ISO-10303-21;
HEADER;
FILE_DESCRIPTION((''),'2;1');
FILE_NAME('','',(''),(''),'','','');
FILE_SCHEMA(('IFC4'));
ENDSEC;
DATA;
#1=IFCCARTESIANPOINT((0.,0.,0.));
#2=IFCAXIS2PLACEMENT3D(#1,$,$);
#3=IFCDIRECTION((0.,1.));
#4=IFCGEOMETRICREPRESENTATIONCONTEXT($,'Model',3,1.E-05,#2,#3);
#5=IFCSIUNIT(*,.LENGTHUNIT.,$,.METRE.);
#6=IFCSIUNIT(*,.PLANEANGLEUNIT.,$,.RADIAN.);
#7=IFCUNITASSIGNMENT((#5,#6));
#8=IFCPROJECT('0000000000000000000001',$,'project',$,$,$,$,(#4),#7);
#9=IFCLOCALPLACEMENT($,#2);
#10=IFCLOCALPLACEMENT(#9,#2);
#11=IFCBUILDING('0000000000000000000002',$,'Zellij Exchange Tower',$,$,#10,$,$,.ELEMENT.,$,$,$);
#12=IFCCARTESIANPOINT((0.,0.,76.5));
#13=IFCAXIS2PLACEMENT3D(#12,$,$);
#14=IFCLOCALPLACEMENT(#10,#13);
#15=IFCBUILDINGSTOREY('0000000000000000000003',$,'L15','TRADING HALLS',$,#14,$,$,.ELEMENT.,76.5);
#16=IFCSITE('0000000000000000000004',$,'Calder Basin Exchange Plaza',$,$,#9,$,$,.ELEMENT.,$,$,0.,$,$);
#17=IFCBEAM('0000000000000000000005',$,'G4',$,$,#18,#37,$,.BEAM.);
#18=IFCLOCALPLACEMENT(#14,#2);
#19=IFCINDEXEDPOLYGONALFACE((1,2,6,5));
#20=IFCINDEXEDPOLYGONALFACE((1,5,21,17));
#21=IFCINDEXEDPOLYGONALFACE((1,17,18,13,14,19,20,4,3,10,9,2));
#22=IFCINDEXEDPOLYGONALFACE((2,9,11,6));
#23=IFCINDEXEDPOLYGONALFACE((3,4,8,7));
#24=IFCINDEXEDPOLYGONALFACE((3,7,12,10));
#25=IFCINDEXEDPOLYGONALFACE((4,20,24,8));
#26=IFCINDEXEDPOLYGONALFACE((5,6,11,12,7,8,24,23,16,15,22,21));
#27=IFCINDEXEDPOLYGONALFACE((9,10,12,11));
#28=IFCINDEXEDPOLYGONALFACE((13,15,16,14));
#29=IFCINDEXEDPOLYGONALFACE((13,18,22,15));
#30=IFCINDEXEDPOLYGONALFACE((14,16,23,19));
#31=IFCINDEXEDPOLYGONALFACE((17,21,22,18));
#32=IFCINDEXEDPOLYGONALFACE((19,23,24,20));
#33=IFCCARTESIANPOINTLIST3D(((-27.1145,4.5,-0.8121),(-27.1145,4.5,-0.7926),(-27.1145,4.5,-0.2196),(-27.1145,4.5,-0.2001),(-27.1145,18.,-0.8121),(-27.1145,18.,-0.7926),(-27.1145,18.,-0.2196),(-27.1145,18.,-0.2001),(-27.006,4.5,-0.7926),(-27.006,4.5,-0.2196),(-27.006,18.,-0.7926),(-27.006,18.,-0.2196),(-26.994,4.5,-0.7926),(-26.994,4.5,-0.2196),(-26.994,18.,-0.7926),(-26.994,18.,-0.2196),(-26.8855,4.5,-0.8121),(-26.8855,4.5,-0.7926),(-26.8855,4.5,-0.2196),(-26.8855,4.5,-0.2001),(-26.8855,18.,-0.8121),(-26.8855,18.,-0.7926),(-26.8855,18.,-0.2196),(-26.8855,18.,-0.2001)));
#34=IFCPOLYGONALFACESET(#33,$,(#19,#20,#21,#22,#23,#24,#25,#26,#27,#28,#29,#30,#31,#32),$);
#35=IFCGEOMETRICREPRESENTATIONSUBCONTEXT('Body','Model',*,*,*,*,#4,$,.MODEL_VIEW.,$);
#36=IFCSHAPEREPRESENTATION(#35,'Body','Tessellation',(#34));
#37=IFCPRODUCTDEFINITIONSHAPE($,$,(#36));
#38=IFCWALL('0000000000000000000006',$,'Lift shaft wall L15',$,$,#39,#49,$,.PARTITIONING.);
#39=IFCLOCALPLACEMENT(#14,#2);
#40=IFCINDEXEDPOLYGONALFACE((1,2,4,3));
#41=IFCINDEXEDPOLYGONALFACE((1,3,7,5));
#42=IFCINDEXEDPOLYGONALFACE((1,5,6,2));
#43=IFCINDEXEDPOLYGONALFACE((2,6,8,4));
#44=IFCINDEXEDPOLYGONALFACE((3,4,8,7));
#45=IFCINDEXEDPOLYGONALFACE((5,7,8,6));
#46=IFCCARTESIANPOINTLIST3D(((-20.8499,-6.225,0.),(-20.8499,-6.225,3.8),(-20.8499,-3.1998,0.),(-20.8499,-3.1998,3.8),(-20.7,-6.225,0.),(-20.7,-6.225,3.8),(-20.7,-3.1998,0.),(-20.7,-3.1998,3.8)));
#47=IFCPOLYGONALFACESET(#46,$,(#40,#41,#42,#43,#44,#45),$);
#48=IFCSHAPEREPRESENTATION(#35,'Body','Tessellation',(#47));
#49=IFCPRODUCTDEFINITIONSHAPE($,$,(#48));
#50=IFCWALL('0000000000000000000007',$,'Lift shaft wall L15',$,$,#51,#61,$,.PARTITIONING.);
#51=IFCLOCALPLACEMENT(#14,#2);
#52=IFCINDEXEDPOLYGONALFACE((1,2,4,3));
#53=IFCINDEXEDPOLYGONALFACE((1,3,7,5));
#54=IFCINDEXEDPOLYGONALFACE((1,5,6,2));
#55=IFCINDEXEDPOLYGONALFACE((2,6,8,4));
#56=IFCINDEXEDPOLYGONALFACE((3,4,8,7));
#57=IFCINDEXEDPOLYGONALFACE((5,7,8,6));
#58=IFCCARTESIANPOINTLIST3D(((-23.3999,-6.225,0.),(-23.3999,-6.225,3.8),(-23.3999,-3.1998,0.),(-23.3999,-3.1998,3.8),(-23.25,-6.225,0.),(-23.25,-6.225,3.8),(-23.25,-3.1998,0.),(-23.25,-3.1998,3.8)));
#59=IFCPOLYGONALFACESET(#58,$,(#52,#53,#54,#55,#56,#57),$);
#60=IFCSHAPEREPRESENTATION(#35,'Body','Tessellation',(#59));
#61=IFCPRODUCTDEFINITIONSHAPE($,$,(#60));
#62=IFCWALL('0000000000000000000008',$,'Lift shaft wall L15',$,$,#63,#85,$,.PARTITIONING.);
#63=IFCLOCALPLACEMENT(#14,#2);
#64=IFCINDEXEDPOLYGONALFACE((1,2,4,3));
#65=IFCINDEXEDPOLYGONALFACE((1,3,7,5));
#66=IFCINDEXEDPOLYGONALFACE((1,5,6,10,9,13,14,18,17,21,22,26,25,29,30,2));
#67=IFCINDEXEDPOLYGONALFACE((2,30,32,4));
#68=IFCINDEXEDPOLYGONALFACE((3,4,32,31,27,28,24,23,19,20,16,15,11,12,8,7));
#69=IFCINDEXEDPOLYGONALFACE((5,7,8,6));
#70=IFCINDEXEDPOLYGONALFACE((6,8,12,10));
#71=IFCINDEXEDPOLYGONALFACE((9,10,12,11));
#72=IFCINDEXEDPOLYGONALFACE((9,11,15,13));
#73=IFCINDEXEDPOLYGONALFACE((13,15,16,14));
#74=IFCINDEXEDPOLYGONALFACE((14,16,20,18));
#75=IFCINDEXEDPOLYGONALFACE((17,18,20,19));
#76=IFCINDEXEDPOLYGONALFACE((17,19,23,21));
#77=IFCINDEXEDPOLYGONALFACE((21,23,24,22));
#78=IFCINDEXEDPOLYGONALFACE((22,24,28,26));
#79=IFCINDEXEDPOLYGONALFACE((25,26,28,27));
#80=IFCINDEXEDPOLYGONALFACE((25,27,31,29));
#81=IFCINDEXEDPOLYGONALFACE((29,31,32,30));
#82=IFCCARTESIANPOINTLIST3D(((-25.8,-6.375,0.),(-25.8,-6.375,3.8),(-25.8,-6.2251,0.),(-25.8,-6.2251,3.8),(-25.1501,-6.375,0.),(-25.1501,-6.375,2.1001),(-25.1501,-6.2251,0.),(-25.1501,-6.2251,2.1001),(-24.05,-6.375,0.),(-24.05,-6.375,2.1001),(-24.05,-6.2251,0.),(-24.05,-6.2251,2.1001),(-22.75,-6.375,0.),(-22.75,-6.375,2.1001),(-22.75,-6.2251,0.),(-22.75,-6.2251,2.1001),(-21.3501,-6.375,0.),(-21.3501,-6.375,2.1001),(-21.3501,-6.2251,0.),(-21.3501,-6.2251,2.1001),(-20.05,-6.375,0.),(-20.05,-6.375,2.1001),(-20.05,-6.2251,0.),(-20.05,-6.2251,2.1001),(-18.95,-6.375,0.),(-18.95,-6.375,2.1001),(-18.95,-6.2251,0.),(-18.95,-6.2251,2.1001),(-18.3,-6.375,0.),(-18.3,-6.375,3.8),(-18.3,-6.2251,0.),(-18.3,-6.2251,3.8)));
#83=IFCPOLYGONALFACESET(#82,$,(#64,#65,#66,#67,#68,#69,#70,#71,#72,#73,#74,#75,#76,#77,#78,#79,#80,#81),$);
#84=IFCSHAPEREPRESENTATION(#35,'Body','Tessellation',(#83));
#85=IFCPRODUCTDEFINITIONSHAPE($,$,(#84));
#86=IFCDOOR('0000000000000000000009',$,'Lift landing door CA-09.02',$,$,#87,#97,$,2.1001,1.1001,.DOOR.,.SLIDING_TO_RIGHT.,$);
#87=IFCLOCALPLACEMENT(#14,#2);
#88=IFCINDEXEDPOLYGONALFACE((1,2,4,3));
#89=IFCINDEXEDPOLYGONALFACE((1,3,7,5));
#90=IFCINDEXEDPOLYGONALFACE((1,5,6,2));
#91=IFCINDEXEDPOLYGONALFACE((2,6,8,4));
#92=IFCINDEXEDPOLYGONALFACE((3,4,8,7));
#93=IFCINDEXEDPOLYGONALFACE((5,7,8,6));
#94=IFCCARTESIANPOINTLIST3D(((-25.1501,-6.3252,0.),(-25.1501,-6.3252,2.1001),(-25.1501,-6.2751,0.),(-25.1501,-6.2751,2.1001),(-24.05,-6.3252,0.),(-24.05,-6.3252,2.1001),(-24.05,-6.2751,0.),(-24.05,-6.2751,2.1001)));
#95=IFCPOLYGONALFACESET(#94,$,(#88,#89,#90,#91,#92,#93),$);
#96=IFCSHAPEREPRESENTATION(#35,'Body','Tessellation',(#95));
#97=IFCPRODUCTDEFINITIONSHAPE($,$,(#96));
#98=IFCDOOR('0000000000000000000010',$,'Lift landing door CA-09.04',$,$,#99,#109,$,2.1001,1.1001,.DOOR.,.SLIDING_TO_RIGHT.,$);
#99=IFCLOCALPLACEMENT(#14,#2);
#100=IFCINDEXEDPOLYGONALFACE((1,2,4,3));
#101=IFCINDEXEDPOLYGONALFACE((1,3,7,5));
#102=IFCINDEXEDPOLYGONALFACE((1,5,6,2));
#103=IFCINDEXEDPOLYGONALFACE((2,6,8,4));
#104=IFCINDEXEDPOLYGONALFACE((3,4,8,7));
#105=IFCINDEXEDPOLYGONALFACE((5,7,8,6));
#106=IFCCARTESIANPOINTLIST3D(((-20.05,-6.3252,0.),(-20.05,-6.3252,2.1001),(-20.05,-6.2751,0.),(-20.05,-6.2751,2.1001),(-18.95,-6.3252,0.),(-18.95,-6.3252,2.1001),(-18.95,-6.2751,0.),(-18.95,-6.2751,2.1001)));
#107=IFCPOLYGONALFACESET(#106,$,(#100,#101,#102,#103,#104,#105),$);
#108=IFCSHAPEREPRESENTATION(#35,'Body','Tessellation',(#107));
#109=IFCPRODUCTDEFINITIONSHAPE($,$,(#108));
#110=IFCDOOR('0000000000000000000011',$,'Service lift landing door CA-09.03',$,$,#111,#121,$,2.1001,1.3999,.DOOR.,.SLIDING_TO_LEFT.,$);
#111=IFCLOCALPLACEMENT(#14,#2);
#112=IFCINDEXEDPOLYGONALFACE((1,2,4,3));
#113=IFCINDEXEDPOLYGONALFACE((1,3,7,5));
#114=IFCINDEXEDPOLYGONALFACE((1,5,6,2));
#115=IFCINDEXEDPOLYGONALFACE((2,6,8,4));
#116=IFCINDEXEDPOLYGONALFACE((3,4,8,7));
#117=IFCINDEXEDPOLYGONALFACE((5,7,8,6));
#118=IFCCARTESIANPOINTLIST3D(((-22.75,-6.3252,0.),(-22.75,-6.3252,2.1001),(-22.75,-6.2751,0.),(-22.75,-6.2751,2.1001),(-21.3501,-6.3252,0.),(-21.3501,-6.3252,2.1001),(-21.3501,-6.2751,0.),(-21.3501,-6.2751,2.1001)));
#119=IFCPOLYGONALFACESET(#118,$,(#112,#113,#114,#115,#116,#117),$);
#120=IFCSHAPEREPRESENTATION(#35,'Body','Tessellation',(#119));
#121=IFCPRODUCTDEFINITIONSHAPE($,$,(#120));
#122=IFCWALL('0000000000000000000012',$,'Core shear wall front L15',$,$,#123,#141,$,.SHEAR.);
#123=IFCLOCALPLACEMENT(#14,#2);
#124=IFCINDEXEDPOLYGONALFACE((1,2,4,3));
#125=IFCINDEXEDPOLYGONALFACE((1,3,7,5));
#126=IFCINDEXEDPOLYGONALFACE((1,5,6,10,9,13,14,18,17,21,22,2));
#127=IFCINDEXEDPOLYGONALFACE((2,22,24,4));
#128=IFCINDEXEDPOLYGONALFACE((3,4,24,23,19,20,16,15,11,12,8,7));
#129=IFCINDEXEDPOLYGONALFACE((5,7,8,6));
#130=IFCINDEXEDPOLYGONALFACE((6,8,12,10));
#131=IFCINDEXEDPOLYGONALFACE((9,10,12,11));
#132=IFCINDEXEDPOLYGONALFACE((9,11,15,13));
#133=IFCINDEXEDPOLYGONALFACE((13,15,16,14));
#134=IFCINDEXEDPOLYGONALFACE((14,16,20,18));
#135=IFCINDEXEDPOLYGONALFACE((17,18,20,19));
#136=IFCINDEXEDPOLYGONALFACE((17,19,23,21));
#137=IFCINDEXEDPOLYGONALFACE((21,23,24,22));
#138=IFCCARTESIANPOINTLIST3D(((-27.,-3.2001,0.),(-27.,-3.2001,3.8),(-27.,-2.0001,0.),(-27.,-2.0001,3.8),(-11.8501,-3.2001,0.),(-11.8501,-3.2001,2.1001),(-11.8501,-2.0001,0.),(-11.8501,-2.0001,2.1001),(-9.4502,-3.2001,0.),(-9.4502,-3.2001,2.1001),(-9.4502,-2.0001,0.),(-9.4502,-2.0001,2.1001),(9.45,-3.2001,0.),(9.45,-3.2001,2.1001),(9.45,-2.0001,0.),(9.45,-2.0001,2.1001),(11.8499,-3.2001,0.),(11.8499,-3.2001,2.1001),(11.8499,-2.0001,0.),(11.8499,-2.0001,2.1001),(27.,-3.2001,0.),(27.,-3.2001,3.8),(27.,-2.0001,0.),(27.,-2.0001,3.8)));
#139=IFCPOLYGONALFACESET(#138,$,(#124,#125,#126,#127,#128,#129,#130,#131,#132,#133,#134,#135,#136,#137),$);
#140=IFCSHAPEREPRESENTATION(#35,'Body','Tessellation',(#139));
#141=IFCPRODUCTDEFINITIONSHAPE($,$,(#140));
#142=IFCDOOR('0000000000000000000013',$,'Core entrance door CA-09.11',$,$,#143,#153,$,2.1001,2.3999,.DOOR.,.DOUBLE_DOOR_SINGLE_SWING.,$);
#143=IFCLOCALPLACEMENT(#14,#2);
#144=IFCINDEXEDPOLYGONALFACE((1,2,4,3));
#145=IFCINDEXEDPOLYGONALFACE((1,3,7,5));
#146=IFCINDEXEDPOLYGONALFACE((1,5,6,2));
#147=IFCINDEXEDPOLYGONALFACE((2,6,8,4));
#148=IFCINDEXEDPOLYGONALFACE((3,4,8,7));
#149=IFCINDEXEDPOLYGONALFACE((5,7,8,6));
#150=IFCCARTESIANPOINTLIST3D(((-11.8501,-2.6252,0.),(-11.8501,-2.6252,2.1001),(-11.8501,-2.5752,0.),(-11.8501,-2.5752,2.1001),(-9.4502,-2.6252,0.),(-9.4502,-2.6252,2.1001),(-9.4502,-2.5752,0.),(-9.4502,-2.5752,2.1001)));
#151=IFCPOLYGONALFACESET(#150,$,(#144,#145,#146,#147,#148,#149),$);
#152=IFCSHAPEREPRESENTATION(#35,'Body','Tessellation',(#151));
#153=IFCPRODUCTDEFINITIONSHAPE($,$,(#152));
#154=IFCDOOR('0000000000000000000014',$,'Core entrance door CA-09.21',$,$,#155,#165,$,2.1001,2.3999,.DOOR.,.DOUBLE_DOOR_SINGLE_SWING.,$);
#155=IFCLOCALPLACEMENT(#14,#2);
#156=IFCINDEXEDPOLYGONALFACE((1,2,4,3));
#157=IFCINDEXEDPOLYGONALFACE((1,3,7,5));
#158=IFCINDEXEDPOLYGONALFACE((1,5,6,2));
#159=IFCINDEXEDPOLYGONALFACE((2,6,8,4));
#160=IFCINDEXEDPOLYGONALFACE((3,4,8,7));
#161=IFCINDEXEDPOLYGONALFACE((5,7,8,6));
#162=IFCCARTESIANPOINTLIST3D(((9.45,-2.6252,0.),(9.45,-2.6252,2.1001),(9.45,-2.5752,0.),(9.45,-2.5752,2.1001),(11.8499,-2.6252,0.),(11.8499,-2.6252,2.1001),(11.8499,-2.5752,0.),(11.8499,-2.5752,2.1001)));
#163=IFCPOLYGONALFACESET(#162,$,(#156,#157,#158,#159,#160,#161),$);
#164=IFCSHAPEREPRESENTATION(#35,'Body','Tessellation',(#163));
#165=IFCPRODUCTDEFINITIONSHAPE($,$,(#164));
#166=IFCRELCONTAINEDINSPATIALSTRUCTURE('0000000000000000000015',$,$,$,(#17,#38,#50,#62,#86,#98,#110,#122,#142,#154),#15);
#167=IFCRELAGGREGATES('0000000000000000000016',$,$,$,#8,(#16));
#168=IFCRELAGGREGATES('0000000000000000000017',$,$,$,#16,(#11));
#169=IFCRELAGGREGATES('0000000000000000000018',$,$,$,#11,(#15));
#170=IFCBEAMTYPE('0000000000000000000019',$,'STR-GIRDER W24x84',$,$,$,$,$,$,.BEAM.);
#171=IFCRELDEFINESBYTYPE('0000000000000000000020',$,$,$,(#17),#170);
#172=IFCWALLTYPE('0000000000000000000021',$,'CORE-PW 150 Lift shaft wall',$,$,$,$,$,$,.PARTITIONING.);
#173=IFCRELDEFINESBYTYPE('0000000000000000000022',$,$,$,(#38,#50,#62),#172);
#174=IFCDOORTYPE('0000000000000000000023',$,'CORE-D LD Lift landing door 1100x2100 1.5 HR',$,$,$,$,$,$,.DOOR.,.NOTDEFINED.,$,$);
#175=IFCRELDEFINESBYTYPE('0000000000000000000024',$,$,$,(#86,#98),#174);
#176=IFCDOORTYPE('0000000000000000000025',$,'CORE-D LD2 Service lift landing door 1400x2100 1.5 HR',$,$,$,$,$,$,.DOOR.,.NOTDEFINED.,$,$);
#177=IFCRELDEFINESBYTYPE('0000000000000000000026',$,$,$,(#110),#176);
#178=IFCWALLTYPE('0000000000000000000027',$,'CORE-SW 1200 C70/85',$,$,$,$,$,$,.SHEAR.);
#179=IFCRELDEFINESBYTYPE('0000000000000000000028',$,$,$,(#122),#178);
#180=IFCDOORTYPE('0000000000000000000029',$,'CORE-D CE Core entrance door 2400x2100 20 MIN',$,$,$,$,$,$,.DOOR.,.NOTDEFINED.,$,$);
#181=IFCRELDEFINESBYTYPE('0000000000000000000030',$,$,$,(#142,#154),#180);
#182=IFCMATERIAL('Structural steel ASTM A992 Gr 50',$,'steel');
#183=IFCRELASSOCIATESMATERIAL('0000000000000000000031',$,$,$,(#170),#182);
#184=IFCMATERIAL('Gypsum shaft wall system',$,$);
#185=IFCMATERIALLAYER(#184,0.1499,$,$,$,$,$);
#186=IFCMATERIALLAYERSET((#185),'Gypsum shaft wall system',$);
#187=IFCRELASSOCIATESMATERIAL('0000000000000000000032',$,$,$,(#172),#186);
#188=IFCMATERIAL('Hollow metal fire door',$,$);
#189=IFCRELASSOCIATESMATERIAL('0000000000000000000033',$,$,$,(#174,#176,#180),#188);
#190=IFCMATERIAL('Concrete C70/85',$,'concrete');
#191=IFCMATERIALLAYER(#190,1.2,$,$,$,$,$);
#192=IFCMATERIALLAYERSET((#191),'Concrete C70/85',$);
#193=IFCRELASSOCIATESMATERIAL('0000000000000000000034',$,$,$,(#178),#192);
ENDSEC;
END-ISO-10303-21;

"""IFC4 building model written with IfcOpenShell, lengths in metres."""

from ifc_helpers import new_model, si_unit, direction, frame, frame_2d, origin, origin_2d, place, context, subcontext, project, spatial, rectangle, i_section, extrude, material, layer, layer_set, material_profile, profile_set, type_object, element, fill, save


model = new_model("IFC4")

# Units and contexts
model_context = context("Model", 3, precision=1e-05, world=origin(), true_north=direction((0.0, 1.0)))
body_context = subcontext(model_context, "Body", "Model", "MODEL_VIEW")
ifc_project = project(units=[si_unit("LENGTHUNIT", "METRE"), si_unit("PLANEANGLEUNIT", "RADIAN")], contexts=[model_context])

# Site, building, storey
site_placement = place(None, origin())
site = spatial("IfcSite", under=ifc_project, at=site_placement, Name="Calder Basin Exchange Plaza", CompositionType="ELEMENT", RefElevation=0.0)
building_placement = place(site_placement, origin())
building = spatial("IfcBuilding", under=site, at=building_placement, Name="Zellij Exchange Tower", CompositionType="ELEMENT")
storey_placement = place(building_placement, frame((0.0, 0.0, 76.5)))
storey = spatial("IfcBuildingStorey", under=building, at=storey_placement, Name="L15", Description="TRADING HALLS", CompositionType="ELEMENT", Elevation=76.5)

# Shared definitions
ifc_material_1 = material(Name="Concrete C70/85", Category="concrete")

# Beam
ifc_material_2 = material(Name="Structural steel ASTM A992 Gr 50", Category="steel")
ifc_material_profile_1 = material_profile(ifc_material_2, i_section(OverallWidth=0.229, OverallDepth=0.6121, WebThickness=0.012, FlangeThickness=0.0195, at=origin_2d()), Name="W24x84")
ifc_profile_set_1 = profile_set([ifc_material_profile_1], Name="Structural steel ASTM A992 Gr 50")
beam_type_1 = type_object("IfcBeamType", Name="STR-GIRDER W24x84", PredefinedType="BEAM", material=ifc_profile_set_1)
beam_1_placement = place(storey_placement, frame((-27.0, 4.5, -0.5061), z_axis=(0.0, 1.0, 0.0), x_axis=(-1.0, 0.0, 0.0)))
element("IfcBeam", 1, at=beam_1_placement, inside=storey, type_object=beam_type_1, Name="G4", PredefinedType="BEAM", context=body_context, shape_type="SweptSolid", body=[
    extrude(i_section(OverallWidth=0.229, OverallDepth=0.6121, WebThickness=0.012, FlangeThickness=0.0195, at=origin_2d()), origin(), (0.0, 0.0, 1.0), 13.5),
])

# Walls
ifc_material_3 = material(Name="Gypsum shaft wall system")
ifc_layer_1 = layer(ifc_material_3, 0.1499)
ifc_layer_set_1 = layer_set([ifc_layer_1], Name="Gypsum shaft wall system")
wall_type_1 = type_object("IfcWallType", Name="CORE-PW 150 Lift shaft wall", PredefinedType="PARTITIONING", material=ifc_layer_set_1)
for number, where, z_axis, x_axis, name in (
    (2, (-20.7749, -6.2251, 0.0), (0.0, 0.0, 1.0), (0.0, 1.0, 0.0), "Lift shaft wall L15"),
    (3, (-23.325, -6.2251, 0.0), (0.0, 0.0, 1.0), (0.0, 1.0, 0.0), "Lift shaft wall L15"),
):
    element("IfcWall", number, at=place(storey_placement, frame(where, z_axis=z_axis, x_axis=x_axis)), inside=storey, type_object=wall_type_1, Name=name, PredefinedType="PARTITIONING", context=body_context, shape_type="SweptSolid", body=[
        extrude(rectangle(XDim=3.0251, YDim=0.1499, at=frame_2d((1.5127, 0.0))), origin(), (0.0, 0.0, 1.0), 3.8),
    ])

# Walls, openings, doors
wall_1_placement = place(storey_placement, frame((-25.8, -6.3, 0.0), z_axis=(0.0, 0.0, 1.0), x_axis=(1.0, 0.0, 0.0)))
wall_1 = element("IfcWall", 4, at=wall_1_placement, inside=storey, type_object=wall_type_1, Name="Lift shaft wall L15", PredefinedType="PARTITIONING", context=body_context, shape_type="SweptSolid", body=[
    extrude(rectangle(XDim=7.5, YDim=0.1499, at=frame_2d((3.75, 0.0))), origin(), (0.0, 0.0, 1.0), 3.8),
])
opening_1_placement = place(wall_1_placement, frame((0.6499, 0.0, 0.0)))
opening_1 = element("IfcOpeningElement", 5, at=opening_1_placement, cuts=wall_1, PredefinedType="OPENING", context=body_context, shape_type="SweptSolid", body=[
    extrude(rectangle(XDim=1.1001, YDim=2.1001, at=frame_2d((0.55, 1.05))), frame((0.0, 0.0869, 0.0), z_axis=(0.0, -1.0, 0.0), x_axis=(1.0, 0.0, 0.0)), (0.0, 0.0, 1.0), 0.1738),
])
opening_2_placement = place(wall_1_placement, frame((3.05, 0.0, 0.0)))
opening_2 = element("IfcOpeningElement", 6, at=opening_2_placement, cuts=wall_1, PredefinedType="OPENING", context=body_context, shape_type="SweptSolid", body=[
    extrude(rectangle(XDim=1.3999, YDim=2.1001, at=frame_2d((0.7, 1.05))), frame((0.0, 0.0869, 0.0), z_axis=(0.0, -1.0, 0.0), x_axis=(1.0, 0.0, 0.0)), (0.0, 0.0, 1.0), 0.1738),
])
opening_3_placement = place(wall_1_placement, frame((5.75, 0.0, 0.0)))
opening_3 = element("IfcOpeningElement", 7, at=opening_3_placement, cuts=wall_1, PredefinedType="OPENING", context=body_context, shape_type="SweptSolid", body=[
    extrude(rectangle(XDim=1.1001, YDim=2.1001, at=frame_2d((0.55, 1.05))), frame((0.0, 0.0869, 0.0), z_axis=(0.0, -1.0, 0.0), x_axis=(1.0, 0.0, 0.0)), (0.0, 0.0, 1.0), 0.1738),
])
ifc_material_4 = material(Name="Hollow metal fire door")
door_type_1 = type_object("IfcDoorType", Name="CORE-D LD Lift landing door 1100x2100 1.5 HR", OperationType="NOTDEFINED", PredefinedType="DOOR", material=ifc_material_4)
door_1_placement = place(opening_1_placement, origin())
door_1 = element("IfcDoor", 8, at=door_1_placement, inside=storey, type_object=door_type_1, Name="Lift landing door CA-09.02", OperationType="SLIDING_TO_RIGHT", OverallHeight=2.1001, OverallWidth=1.1001, PredefinedType="DOOR", context=body_context, shape_type="SweptSolid", body=[
    extrude(rectangle(XDim=1.1001, YDim=2.1001, at=frame_2d((0.55, 1.05))), frame((0.0, 0.0249, 0.0), z_axis=(0.0, -1.0, 0.0), x_axis=(1.0, 0.0, 0.0)), (0.0, 0.0, 1.0), 0.05),
])
fill(opening_1, door_1)
door_2_placement = place(opening_3_placement, origin())
door_2 = element("IfcDoor", 9, at=door_2_placement, inside=storey, type_object=door_type_1, Name="Lift landing door CA-09.04", OperationType="SLIDING_TO_RIGHT", OverallHeight=2.1001, OverallWidth=1.1001, PredefinedType="DOOR", context=body_context, shape_type="SweptSolid", body=[
    extrude(rectangle(XDim=1.1001, YDim=2.1001, at=frame_2d((0.55, 1.05))), frame((0.0, 0.0249, 0.0), z_axis=(0.0, -1.0, 0.0), x_axis=(1.0, 0.0, 0.0)), (0.0, 0.0, 1.0), 0.05),
])
fill(opening_3, door_2)
door_type_2 = type_object("IfcDoorType", Name="CORE-D LD2 Service lift landing door 1400x2100 1.5 HR", OperationType="NOTDEFINED", PredefinedType="DOOR", material=ifc_material_4)
door_3_placement = place(opening_2_placement, origin())
door_3 = element("IfcDoor", 10, at=door_3_placement, inside=storey, type_object=door_type_2, Name="Service lift landing door CA-09.03", OperationType="SLIDING_TO_LEFT", OverallHeight=2.1001, OverallWidth=1.3999, PredefinedType="DOOR", context=body_context, shape_type="SweptSolid", body=[
    extrude(rectangle(XDim=1.3999, YDim=2.1001, at=frame_2d((0.7, 1.05))), frame((0.0, 0.0249, 0.0), z_axis=(0.0, -1.0, 0.0), x_axis=(1.0, 0.0, 0.0)), (0.0, 0.0, 1.0), 0.05),
])
fill(opening_2, door_3)
ifc_layer_2 = layer(ifc_material_1, 1.2)
ifc_layer_set_2 = layer_set([ifc_layer_2], Name="Concrete C70/85")
wall_type_2 = type_object("IfcWallType", Name="CORE-SW 1200 C70/85", PredefinedType="SHEAR", material=ifc_layer_set_2)
wall_2_placement = place(storey_placement, frame((-27.0, -2.6001, 0.0), z_axis=(0.0, 0.0, 1.0), x_axis=(1.0, 0.0, 0.0)))
wall_2 = element("IfcWall", 11, at=wall_2_placement, inside=storey, type_object=wall_type_2, Name="Core shear wall front L15", PredefinedType="SHEAR", context=body_context, shape_type="SweptSolid", body=[
    extrude(rectangle(XDim=54.0, YDim=1.2, at=frame_2d((27.0, 0.0))), origin(), (0.0, 0.0, 1.0), 3.8),
])
opening_4_placement = place(wall_2_placement, frame((15.1499, 0.0, 0.0)))
opening_4 = element("IfcOpeningElement", 12, at=opening_4_placement, cuts=wall_2, PredefinedType="OPENING", context=body_context, shape_type="SweptSolid", body=[
    extrude(rectangle(XDim=2.3999, YDim=2.1001, at=frame_2d((1.2, 1.05))), frame((0.0, 0.6118, 0.0), z_axis=(0.0, -1.0, 0.0), x_axis=(1.0, 0.0, 0.0)), (0.0, 0.0, 1.0), 1.2239),
])
opening_5_placement = place(wall_2_placement, frame((36.45, 0.0, 0.0)))
opening_5 = element("IfcOpeningElement", 13, at=opening_5_placement, cuts=wall_2, PredefinedType="OPENING", context=body_context, shape_type="SweptSolid", body=[
    extrude(rectangle(XDim=2.3999, YDim=2.1001, at=frame_2d((1.2, 1.05))), frame((0.0, 0.6118, 0.0), z_axis=(0.0, -1.0, 0.0), x_axis=(1.0, 0.0, 0.0)), (0.0, 0.0, 1.0), 1.2239),
])
door_type_3 = type_object("IfcDoorType", Name="CORE-D CE Core entrance door 2400x2100 20 MIN", OperationType="NOTDEFINED", PredefinedType="DOOR", material=ifc_material_4)
door_4_placement = place(opening_4_placement, origin())
door_4 = element("IfcDoor", 14, at=door_4_placement, inside=storey, type_object=door_type_3, Name="Core entrance door CA-09.11", OperationType="DOUBLE_DOOR_SINGLE_SWING", OverallHeight=2.1001, OverallWidth=2.3999, PredefinedType="DOOR", context=body_context, shape_type="SweptSolid", body=[
    extrude(rectangle(XDim=2.3999, YDim=2.1001, at=frame_2d((1.2, 1.05))), frame((0.0, 0.0249, 0.0), z_axis=(0.0, -1.0, 0.0), x_axis=(1.0, 0.0, 0.0)), (0.0, 0.0, 1.0), 0.05),
])
fill(opening_4, door_4)
door_5_placement = place(opening_5_placement, origin())
door_5 = element("IfcDoor", 15, at=door_5_placement, inside=storey, type_object=door_type_3, Name="Core entrance door CA-09.21", OperationType="DOUBLE_DOOR_SINGLE_SWING", OverallHeight=2.1001, OverallWidth=2.3999, PredefinedType="DOOR", context=body_context, shape_type="SweptSolid", body=[
    extrude(rectangle(XDim=2.3999, YDim=2.1001, at=frame_2d((1.2, 1.05))), frame((0.0, 0.0249, 0.0), z_axis=(0.0, -1.0, 0.0), x_axis=(1.0, 0.0, 0.0)), (0.0, 0.0, 1.0), 0.05),
])
fill(opening_5, door_5)

save(model, "model.ifc")
